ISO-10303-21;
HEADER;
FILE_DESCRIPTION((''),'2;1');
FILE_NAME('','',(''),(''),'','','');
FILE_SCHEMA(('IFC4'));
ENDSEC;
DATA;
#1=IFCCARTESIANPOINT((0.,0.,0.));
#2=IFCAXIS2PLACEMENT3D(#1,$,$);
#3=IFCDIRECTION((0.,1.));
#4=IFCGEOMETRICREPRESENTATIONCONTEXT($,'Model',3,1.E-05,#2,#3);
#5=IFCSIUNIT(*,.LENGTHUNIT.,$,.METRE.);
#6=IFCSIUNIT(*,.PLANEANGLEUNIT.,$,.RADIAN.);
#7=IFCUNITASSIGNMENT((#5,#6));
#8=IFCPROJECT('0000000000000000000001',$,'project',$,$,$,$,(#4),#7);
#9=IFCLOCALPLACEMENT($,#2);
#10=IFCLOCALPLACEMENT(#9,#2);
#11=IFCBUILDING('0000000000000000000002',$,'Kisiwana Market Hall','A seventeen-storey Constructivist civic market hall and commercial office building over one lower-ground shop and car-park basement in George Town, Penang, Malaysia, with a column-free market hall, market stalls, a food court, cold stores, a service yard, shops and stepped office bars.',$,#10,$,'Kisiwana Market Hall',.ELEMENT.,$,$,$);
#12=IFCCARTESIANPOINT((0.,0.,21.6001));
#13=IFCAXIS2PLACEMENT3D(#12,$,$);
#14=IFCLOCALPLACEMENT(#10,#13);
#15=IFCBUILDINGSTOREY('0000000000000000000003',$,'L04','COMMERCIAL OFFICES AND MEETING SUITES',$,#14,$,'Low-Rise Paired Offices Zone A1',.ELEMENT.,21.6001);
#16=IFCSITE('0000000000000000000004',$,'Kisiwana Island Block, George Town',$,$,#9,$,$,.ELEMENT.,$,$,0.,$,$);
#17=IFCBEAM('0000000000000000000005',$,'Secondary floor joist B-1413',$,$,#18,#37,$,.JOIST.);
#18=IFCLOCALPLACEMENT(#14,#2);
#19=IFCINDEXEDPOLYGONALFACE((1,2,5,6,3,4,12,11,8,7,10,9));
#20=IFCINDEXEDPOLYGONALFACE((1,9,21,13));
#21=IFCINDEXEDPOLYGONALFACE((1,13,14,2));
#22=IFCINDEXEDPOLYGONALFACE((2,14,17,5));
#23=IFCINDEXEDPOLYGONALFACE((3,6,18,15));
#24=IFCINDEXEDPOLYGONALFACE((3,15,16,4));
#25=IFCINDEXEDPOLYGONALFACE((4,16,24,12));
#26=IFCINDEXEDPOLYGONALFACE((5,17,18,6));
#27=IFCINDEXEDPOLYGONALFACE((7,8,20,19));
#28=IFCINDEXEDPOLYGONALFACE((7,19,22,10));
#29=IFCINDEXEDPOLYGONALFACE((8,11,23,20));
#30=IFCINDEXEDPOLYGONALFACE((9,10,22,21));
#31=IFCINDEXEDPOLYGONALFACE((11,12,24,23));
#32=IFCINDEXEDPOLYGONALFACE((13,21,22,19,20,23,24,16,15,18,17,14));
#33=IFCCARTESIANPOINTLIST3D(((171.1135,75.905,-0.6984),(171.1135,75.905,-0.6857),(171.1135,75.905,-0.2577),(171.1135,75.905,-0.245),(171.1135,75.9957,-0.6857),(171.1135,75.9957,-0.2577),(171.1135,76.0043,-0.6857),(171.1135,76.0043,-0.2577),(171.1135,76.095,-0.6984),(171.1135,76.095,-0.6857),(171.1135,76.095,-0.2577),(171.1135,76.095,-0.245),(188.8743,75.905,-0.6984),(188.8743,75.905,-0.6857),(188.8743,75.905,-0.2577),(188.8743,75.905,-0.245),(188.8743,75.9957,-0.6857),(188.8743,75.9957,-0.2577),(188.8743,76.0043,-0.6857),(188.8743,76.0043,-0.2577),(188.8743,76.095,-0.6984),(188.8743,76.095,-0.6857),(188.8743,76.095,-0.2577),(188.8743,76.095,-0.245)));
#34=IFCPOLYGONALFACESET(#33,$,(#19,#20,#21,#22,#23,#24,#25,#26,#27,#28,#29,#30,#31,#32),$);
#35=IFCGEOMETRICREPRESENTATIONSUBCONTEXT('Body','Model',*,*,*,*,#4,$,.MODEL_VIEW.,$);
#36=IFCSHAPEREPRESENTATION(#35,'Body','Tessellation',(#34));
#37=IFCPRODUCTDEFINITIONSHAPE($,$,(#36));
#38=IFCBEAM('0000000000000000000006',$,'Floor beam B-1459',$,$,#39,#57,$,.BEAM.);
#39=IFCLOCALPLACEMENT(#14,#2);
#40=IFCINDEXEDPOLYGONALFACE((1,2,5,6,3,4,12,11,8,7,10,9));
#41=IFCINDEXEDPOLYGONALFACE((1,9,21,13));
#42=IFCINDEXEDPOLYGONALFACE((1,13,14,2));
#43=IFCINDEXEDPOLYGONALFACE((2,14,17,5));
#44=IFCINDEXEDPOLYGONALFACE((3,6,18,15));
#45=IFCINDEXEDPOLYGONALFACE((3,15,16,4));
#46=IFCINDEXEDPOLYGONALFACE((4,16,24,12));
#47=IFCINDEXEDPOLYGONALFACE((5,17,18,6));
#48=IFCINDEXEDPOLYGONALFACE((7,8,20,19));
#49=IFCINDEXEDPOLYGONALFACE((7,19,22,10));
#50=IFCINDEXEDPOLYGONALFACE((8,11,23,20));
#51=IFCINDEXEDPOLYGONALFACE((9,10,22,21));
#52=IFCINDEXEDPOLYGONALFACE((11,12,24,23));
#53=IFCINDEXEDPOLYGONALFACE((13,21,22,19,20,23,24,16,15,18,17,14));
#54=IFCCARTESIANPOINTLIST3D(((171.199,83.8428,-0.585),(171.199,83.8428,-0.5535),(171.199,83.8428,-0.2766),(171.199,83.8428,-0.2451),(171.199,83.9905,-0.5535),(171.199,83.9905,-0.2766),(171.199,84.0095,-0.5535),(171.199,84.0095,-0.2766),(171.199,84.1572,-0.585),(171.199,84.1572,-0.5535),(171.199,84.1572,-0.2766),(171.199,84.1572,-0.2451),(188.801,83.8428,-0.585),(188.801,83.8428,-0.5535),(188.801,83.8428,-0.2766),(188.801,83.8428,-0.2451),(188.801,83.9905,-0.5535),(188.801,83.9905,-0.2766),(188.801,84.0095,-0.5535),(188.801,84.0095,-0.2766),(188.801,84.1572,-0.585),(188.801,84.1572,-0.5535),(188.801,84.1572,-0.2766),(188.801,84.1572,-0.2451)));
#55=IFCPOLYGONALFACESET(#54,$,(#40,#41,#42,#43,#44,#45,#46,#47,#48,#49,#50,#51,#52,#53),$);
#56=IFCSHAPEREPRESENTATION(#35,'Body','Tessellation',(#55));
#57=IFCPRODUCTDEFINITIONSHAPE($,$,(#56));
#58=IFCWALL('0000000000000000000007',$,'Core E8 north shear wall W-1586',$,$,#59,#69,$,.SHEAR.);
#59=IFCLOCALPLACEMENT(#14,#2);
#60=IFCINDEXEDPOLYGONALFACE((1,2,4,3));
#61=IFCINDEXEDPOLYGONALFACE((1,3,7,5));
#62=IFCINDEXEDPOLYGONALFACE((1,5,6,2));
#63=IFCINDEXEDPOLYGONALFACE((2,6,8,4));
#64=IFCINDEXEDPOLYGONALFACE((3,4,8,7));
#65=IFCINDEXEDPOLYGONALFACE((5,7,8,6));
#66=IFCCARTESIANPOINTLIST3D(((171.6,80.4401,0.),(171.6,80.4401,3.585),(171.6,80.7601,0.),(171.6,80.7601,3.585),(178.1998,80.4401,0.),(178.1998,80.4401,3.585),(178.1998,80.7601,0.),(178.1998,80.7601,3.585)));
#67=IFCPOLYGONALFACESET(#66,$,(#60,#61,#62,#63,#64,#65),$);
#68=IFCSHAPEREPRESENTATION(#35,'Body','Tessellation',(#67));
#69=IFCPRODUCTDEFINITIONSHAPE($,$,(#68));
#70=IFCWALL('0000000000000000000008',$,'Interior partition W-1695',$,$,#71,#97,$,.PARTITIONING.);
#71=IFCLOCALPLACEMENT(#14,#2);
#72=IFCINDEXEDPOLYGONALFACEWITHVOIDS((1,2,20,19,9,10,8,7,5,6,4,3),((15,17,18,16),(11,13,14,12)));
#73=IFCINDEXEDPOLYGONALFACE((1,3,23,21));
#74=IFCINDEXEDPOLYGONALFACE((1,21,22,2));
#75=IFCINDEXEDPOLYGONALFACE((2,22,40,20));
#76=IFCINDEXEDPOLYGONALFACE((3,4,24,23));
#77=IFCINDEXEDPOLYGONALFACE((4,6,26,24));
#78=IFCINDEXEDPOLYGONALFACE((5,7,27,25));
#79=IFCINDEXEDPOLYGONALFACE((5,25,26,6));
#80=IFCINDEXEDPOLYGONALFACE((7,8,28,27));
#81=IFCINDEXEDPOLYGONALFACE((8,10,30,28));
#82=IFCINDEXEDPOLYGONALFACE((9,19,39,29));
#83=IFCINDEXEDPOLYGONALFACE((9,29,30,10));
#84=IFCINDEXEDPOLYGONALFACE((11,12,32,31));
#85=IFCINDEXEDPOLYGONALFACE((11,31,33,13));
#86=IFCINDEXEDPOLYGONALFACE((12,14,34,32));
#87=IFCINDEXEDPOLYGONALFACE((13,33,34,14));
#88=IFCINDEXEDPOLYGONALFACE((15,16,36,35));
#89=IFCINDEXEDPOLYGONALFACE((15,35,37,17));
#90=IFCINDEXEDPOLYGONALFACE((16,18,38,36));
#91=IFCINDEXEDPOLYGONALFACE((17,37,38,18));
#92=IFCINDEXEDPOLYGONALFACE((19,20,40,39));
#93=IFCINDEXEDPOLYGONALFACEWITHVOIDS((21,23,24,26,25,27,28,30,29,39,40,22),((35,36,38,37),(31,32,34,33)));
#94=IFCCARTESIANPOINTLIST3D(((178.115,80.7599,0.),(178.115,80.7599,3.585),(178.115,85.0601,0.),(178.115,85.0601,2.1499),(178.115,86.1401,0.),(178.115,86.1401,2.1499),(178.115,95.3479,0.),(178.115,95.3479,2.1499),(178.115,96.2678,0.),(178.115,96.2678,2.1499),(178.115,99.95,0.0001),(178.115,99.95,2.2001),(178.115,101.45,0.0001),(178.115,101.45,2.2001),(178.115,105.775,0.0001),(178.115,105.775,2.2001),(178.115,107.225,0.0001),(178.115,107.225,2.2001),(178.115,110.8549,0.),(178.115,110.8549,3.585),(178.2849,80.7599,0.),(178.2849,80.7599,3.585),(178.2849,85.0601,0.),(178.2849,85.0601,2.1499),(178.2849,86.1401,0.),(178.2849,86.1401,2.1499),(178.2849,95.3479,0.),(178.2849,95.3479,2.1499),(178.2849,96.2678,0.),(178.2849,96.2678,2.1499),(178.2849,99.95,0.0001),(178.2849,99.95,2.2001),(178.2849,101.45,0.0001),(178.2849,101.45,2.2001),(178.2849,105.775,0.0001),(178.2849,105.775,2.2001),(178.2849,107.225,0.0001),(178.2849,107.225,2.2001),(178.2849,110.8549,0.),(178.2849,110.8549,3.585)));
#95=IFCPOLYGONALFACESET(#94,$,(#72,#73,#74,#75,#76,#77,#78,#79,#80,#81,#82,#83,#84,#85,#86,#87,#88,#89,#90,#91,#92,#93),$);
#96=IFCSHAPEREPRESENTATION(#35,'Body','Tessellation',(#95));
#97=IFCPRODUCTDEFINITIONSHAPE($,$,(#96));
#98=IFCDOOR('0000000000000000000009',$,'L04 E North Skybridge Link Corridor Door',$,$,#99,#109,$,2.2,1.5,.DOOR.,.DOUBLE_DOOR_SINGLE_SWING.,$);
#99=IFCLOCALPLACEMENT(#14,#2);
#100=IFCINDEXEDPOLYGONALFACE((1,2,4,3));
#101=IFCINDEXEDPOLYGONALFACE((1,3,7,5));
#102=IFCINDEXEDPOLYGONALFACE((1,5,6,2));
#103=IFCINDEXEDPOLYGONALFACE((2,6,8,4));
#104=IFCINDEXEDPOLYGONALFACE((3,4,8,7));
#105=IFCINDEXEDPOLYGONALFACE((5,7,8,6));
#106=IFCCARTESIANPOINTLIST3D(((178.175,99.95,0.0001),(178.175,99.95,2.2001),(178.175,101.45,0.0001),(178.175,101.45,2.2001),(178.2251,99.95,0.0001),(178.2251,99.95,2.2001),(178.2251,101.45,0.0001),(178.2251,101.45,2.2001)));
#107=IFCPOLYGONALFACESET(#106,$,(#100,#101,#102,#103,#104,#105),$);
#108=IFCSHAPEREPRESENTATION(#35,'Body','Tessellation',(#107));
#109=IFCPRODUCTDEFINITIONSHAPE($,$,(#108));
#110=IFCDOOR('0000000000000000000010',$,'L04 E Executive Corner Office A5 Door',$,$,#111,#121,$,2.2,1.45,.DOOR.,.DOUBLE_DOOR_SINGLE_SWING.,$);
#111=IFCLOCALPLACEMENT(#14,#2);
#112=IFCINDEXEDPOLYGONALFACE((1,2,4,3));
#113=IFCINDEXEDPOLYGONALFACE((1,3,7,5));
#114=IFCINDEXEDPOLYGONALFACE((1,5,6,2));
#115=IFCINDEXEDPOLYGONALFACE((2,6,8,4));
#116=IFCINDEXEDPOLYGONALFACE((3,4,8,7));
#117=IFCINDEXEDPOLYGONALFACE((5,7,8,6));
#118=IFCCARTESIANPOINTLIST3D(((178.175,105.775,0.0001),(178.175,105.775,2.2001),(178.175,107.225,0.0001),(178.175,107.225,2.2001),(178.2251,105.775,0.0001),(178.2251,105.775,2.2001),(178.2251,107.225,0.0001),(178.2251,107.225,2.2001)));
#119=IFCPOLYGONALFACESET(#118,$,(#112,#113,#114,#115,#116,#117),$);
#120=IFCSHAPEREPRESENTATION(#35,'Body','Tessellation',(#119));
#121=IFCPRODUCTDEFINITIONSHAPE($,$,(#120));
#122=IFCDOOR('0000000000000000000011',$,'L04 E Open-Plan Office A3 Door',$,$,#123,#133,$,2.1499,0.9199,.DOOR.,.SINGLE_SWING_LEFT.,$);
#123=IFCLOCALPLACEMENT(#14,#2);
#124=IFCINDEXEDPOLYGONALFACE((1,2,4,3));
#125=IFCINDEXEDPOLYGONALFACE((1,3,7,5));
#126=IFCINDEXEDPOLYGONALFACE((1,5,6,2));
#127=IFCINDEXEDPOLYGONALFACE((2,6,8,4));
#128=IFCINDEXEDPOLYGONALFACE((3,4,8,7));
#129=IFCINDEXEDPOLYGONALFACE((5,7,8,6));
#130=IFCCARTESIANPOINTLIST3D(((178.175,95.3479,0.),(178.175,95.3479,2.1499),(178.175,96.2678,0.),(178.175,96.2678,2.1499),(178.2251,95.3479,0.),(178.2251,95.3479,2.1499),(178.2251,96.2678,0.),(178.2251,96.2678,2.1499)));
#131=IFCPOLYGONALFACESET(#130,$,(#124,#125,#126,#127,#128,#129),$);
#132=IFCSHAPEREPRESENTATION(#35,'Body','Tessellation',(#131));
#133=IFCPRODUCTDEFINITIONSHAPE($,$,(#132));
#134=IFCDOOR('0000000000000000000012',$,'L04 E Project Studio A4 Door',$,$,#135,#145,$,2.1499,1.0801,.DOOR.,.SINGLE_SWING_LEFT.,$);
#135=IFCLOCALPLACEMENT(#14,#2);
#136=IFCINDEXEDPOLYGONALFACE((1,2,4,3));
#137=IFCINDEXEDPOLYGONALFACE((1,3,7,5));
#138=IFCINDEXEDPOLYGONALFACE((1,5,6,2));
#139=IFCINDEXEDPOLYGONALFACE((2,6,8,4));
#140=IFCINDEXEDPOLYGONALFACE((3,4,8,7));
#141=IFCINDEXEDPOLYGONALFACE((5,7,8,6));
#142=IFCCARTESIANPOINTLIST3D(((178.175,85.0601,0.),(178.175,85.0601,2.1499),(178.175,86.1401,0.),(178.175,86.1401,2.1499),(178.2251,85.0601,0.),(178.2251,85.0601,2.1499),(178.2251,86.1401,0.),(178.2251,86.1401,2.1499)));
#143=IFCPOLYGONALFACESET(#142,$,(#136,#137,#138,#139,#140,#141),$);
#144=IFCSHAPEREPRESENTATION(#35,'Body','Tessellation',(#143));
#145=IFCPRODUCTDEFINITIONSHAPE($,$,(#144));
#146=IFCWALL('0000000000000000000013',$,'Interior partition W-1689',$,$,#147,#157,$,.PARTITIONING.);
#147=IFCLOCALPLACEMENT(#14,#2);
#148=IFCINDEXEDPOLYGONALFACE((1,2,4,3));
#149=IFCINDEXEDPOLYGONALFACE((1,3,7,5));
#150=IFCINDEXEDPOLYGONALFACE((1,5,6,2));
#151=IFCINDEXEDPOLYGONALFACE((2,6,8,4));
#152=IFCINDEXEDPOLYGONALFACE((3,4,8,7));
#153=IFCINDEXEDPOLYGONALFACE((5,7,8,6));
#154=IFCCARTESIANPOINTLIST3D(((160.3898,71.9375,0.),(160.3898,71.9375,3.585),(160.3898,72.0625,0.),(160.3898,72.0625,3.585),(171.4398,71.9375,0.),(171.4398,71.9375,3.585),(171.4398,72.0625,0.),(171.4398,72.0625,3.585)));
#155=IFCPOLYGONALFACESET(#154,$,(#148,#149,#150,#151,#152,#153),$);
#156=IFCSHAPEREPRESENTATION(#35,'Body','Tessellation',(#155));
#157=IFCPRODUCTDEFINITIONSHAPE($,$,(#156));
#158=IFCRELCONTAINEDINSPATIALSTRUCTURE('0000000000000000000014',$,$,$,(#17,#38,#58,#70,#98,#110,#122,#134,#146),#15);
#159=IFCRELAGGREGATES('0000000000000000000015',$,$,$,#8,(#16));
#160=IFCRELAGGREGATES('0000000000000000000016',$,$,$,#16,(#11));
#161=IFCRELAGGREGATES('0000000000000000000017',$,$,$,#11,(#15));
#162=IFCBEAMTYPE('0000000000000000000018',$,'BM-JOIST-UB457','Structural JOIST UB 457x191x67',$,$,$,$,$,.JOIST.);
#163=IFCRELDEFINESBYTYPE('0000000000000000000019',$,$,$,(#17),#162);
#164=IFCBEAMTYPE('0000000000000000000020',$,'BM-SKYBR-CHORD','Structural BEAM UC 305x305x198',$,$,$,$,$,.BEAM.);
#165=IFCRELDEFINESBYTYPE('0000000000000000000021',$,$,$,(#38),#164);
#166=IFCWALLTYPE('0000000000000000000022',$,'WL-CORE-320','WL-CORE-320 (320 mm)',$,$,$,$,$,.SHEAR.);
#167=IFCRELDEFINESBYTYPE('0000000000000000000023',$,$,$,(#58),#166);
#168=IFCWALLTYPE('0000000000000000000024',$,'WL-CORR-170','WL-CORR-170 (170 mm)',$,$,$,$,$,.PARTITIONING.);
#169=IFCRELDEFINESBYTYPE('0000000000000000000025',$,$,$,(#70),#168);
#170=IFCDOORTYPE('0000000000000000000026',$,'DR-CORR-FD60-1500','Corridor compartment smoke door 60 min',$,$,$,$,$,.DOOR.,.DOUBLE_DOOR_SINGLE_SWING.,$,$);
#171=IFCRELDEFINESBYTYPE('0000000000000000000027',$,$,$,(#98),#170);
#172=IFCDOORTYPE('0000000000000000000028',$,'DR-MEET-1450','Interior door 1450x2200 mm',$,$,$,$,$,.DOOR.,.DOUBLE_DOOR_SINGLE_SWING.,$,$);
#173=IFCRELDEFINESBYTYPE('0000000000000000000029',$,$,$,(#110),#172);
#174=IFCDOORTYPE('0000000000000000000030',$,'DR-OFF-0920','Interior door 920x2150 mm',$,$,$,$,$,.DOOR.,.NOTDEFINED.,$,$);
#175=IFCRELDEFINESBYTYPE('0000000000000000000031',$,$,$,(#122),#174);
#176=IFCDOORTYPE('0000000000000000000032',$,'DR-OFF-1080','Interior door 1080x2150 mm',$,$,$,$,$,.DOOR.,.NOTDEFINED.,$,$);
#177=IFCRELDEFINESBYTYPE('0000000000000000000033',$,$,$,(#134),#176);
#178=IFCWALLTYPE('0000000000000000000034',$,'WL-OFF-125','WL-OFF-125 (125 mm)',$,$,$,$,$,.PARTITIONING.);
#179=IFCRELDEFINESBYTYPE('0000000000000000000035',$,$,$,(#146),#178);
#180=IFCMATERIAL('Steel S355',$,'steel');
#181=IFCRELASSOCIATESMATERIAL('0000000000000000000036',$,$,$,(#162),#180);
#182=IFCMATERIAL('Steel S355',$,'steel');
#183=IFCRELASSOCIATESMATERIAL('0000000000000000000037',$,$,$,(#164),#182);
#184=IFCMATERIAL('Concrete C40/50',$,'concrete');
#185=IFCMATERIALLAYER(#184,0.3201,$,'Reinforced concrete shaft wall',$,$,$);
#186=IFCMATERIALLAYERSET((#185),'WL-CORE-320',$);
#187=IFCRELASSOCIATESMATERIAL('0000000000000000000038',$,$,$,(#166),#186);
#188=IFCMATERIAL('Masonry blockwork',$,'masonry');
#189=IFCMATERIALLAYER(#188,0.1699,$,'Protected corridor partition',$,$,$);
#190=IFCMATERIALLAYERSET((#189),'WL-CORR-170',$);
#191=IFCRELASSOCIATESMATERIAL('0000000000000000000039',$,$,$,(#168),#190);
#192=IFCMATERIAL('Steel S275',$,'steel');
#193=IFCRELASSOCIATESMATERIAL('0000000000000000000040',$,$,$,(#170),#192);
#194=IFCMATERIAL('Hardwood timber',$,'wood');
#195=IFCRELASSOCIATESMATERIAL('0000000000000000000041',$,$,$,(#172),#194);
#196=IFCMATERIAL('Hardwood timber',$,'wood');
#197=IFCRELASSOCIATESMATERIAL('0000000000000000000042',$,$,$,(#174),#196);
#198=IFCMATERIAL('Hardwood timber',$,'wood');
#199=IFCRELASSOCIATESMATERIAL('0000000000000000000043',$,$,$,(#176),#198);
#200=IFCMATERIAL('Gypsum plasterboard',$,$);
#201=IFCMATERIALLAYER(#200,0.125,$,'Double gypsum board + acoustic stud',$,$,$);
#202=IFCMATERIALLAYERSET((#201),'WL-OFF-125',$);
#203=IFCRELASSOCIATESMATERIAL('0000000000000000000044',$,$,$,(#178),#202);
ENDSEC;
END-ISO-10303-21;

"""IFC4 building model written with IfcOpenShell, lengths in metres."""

from ifc_helpers import new_model, si_unit, direction, frame, frame_2d, origin, origin_2d, place, context, subcontext, project, spatial, rectangle, i_section, extrude, material, layer, layer_set, material_profile, profile_set, type_object, element, fill, save


model = new_model("IFC4")

# Units and contexts
model_context = context("Model", 3, precision=1e-05, world=origin(), true_north=direction((0.0, 1.0)))
body_context = subcontext(model_context, "Body", "Model", "MODEL_VIEW")
ifc_project = project(units=[si_unit("LENGTHUNIT", "METRE"), si_unit("PLANEANGLEUNIT", "RADIAN")], contexts=[model_context])

# Site, building, storey
site_placement = place(None, origin())
site = spatial("IfcSite", under=ifc_project, at=site_placement, Name="Kisiwana Island Block, George Town", CompositionType="ELEMENT", RefElevation=0.0)
building_placement = place(site_placement, origin())
building = spatial("IfcBuilding", under=site, at=building_placement, Name="Kisiwana Market Hall", Description="A seventeen-storey Constructivist civic market hall and commercial office building over one lower-ground shop and car-park basement in George Town, Penang, Malaysia, with a column-free market hall, market stalls, a food court, cold stores, a service yard, shops and stepped office bars.", LongName="Kisiwana Market Hall", CompositionType="ELEMENT")
storey_placement = place(building_placement, frame((0.0, 0.0, 21.6001)))
storey = spatial("IfcBuildingStorey", under=building, at=storey_placement, Name="L04", Description="COMMERCIAL OFFICES AND MEETING SUITES", LongName="Low-Rise Paired Offices Zone A1", CompositionType="ELEMENT", Elevation=21.6001)

# Beams
ifc_material_1 = material(Name="Steel S355", Category="steel")
ifc_material_profile_1 = material_profile(ifc_material_1, i_section(OverallWidth=0.1899, OverallDepth=0.4534, WebThickness=0.0085, FlangeThickness=0.0127, at=origin_2d()), Name="UB 457x191x67")
ifc_profile_set_1 = profile_set([ifc_material_profile_1], Name="Steel S355")
beam_type_1 = type_object("IfcBeamType", Name="BM-JOIST-UB457", Description="Structural JOIST UB 457x191x67", PredefinedType="JOIST", material=ifc_profile_set_1)
beam_1_placement = place(storey_placement, frame((171.1135, 76.0, -0.4717), z_axis=(1.0, 0.0, 0.0), x_axis=(0.0, 1.0, 0.0)))
element("IfcBeam", 1, at=beam_1_placement, inside=storey, type_object=beam_type_1, Name="Secondary floor joist B-1413", PredefinedType="JOIST", context=body_context, shape_type="SweptSolid", body=[
    extrude(i_section(OverallWidth=0.1899, OverallDepth=0.4534, WebThickness=0.0085, FlangeThickness=0.0127, at=origin_2d()), origin(), (0.0, 0.0, 1.0), 17.7607),
])
ifc_material_2 = material(Name="Steel S355", Category="steel")
ifc_material_profile_2 = material_profile(ifc_material_2, i_section(OverallWidth=0.3145, OverallDepth=0.3398, WebThickness=0.019, FlangeThickness=0.0315, at=origin_2d()), Name="UC 305x305x198")
ifc_profile_set_2 = profile_set([ifc_material_profile_2], Name="Steel S355")
beam_type_2 = type_object("IfcBeamType", Name="BM-SKYBR-CHORD", Description="Structural BEAM UC 305x305x198", PredefinedType="BEAM", material=ifc_profile_set_2)
beam_2_placement = place(storey_placement, frame((171.199, 84.0, -0.415), z_axis=(1.0, 0.0, 0.0), x_axis=(0.0, 1.0, 0.0)))
element("IfcBeam", 2, at=beam_2_placement, inside=storey, type_object=beam_type_2, Name="Floor beam B-1459", PredefinedType="BEAM", context=body_context, shape_type="SweptSolid", body=[
    extrude(i_section(OverallWidth=0.3145, OverallDepth=0.3398, WebThickness=0.019, FlangeThickness=0.0315, at=origin_2d()), origin(), (0.0, 0.0, 1.0), 17.6021),
])

# Wall
ifc_material_3 = material(Name="Concrete C40/50", Category="concrete")
ifc_layer_1 = layer(ifc_material_3, 0.3201, Name="Reinforced concrete shaft wall")
ifc_layer_set_1 = layer_set([ifc_layer_1], Name="WL-CORE-320")
wall_type_1 = type_object("IfcWallType", Name="WL-CORE-320", Description="WL-CORE-320 (320 mm)", PredefinedType="SHEAR", material=ifc_layer_set_1)
wall_1_placement = place(storey_placement, frame((171.6001, 80.6001, 0.0), z_axis=(0.0, 0.0, 1.0), x_axis=(1.0, 0.0, 0.0)))
element("IfcWall", 3, at=wall_1_placement, inside=storey, type_object=wall_type_1, Name="Core E8 north shear wall W-1586", PredefinedType="SHEAR", context=body_context, shape_type="SweptSolid", body=[
    extrude(rectangle(XDim=6.5999, YDim=0.3201, at=frame_2d((3.2998, 0.0))), origin(), (0.0, 0.0, 1.0), 3.585),
])

# Wall, openings, doors
ifc_material_4 = material(Name="Masonry blockwork", Category="masonry")
ifc_layer_2 = layer(ifc_material_4, 0.1699, Name="Protected corridor partition")
ifc_layer_set_2 = layer_set([ifc_layer_2], Name="WL-CORR-170")
wall_type_2 = type_object("IfcWallType", Name="WL-CORR-170", Description="WL-CORR-170 (170 mm)", PredefinedType="PARTITIONING", material=ifc_layer_set_2)
wall_2_placement = place(storey_placement, frame((178.2, 80.76, 0.0), z_axis=(0.0, 0.0, 1.0), x_axis=(0.0, 1.0, 0.0)))
wall_2 = element("IfcWall", 4, at=wall_2_placement, inside=storey, type_object=wall_type_2, Name="Interior partition W-1695", PredefinedType="PARTITIONING", context=body_context, shape_type="SweptSolid", body=[
    extrude(rectangle(XDim=30.095, YDim=0.1699, at=frame_2d((15.0474, 0.0))), origin(), (0.0, 0.0, 1.0), 3.585),
])
opening_1_placement = place(wall_2_placement, frame((4.3, 0.0, 0.0)))
opening_1 = element("IfcOpeningElement", 5, at=opening_1_placement, cuts=wall_2, PredefinedType="OPENING", context=body_context, shape_type="SweptSolid", body=[
    extrude(rectangle(XDim=1.0801, YDim=2.1499, at=frame_2d((0.54, 1.075))), frame((0.0, 0.0969, 0.0), z_axis=(0.0, -1.0, 0.0), x_axis=(1.0, 0.0, 0.0)), (0.0, 0.0, 1.0), 0.1938),
])
opening_2_placement = place(wall_2_placement, frame((19.1899, 0.0, 0.0)))
opening_2 = element("IfcOpeningElement", 6, at=opening_2_placement, cuts=wall_2, PredefinedType="OPENING", context=body_context, shape_type="SweptSolid", body=[
    extrude(rectangle(XDim=1.5, YDim=2.2, at=frame_2d((0.75, 1.1001))), frame((0.0, 0.0969, 0.0), z_axis=(0.0, -1.0, 0.0), x_axis=(1.0, 0.0, 0.0)), (0.0, 0.0, 1.0), 0.1938),
])
opening_3_placement = place(wall_2_placement, frame((25.0149, 0.0, 0.0)))
opening_3 = element("IfcOpeningElement", 7, at=opening_3_placement, cuts=wall_2, PredefinedType="OPENING", context=body_context, shape_type="SweptSolid", body=[
    extrude(rectangle(XDim=1.45, YDim=2.2, at=frame_2d((0.7251, 1.1001))), frame((0.0, 0.0969, 0.0), z_axis=(0.0, -1.0, 0.0), x_axis=(1.0, 0.0, 0.0)), (0.0, 0.0, 1.0), 0.1938),
])
opening_4_placement = place(wall_2_placement, frame((14.5879, 0.0, 0.0)))
opening_4 = element("IfcOpeningElement", 8, at=opening_4_placement, cuts=wall_2, PredefinedType="OPENING", context=body_context, shape_type="SweptSolid", body=[
    extrude(rectangle(XDim=0.9199, YDim=2.1499, at=frame_2d((0.46, 1.075))), frame((0.0, 0.0969, 0.0), z_axis=(0.0, -1.0, 0.0), x_axis=(1.0, 0.0, 0.0)), (0.0, 0.0, 1.0), 0.1938),
])
ifc_material_5 = material(Name="Steel S275", Category="steel")
door_type_1 = type_object("IfcDoorType", Name="DR-CORR-FD60-1500", Description="Corridor compartment smoke door 60 min", OperationType="DOUBLE_DOOR_SINGLE_SWING", PredefinedType="DOOR", material=ifc_material_5)
door_1_placement = place(opening_2_placement, origin())
door_1 = element("IfcDoor", 9, at=door_1_placement, inside=storey, type_object=door_type_1, Name="L04 E North Skybridge Link Corridor Door", OperationType="DOUBLE_DOOR_SINGLE_SWING", OverallHeight=2.2, OverallWidth=1.5, PredefinedType="DOOR", context=body_context, shape_type="SweptSolid", body=[
    extrude(rectangle(XDim=1.5, YDim=2.2, at=frame_2d((0.75, 1.1001))), frame((0.0, 0.0249, 0.0), z_axis=(0.0, -1.0, 0.0), x_axis=(1.0, 0.0, 0.0)), (0.0, 0.0, 1.0), 0.05),
])
fill(opening_2, door_1)
ifc_material_6 = material(Name="Hardwood timber", Category="wood")
door_type_2 = type_object("IfcDoorType", Name="DR-MEET-1450", Description="Interior door 1450x2200 mm", OperationType="DOUBLE_DOOR_SINGLE_SWING", PredefinedType="DOOR", material=ifc_material_6)
door_2_placement = place(opening_3_placement, origin())
door_2 = element("IfcDoor", 10, at=door_2_placement, inside=storey, type_object=door_type_2, Name="L04 E Executive Corner Office A5 Door", OperationType="DOUBLE_DOOR_SINGLE_SWING", OverallHeight=2.2, OverallWidth=1.45, PredefinedType="DOOR", context=body_context, shape_type="SweptSolid", body=[
    extrude(rectangle(XDim=1.45, YDim=2.2, at=frame_2d((0.7251, 1.1001))), frame((0.0, 0.0249, 0.0), z_axis=(0.0, -1.0, 0.0), x_axis=(1.0, 0.0, 0.0)), (0.0, 0.0, 1.0), 0.05),
])
fill(opening_3, door_2)
ifc_material_7 = material(Name="Hardwood timber", Category="wood")
door_type_3 = type_object("IfcDoorType", Name="DR-OFF-0920", Description="Interior door 920x2150 mm", OperationType="NOTDEFINED", PredefinedType="DOOR", material=ifc_material_7)
door_3_placement = place(opening_4_placement, origin())
door_3 = element("IfcDoor", 11, at=door_3_placement, inside=storey, type_object=door_type_3, Name="L04 E Open-Plan Office A3 Door", OperationType="SINGLE_SWING_LEFT", OverallHeight=2.1499, OverallWidth=0.9199, PredefinedType="DOOR", context=body_context, shape_type="SweptSolid", body=[
    extrude(rectangle(XDim=0.9199, YDim=2.1499, at=frame_2d((0.46, 1.075))), frame((0.0, 0.0249, 0.0), z_axis=(0.0, -1.0, 0.0), x_axis=(1.0, 0.0, 0.0)), (0.0, 0.0, 1.0), 0.05),
])
fill(opening_4, door_3)
ifc_material_8 = material(Name="Hardwood timber", Category="wood")
door_type_4 = type_object("IfcDoorType", Name="DR-OFF-1080", Description="Interior door 1080x2150 mm", OperationType="NOTDEFINED", PredefinedType="DOOR", material=ifc_material_8)
door_4_placement = place(opening_1_placement, origin())
door_4 = element("IfcDoor", 12, at=door_4_placement, inside=storey, type_object=door_type_4, Name="L04 E Project Studio A4 Door", OperationType="SINGLE_SWING_LEFT", OverallHeight=2.1499, OverallWidth=1.0801, PredefinedType="DOOR", context=body_context, shape_type="SweptSolid", body=[
    extrude(rectangle(XDim=1.0801, YDim=2.1499, at=frame_2d((0.54, 1.075))), frame((0.0, 0.0249, 0.0), z_axis=(0.0, -1.0, 0.0), x_axis=(1.0, 0.0, 0.0)), (0.0, 0.0, 1.0), 0.05),
])
fill(opening_1, door_4)

# Wall
ifc_material_9 = material(Name="Gypsum plasterboard")
ifc_layer_3 = layer(ifc_material_9, 0.125, Name="Double gypsum board + acoustic stud")
ifc_layer_set_3 = layer_set([ifc_layer_3], Name="WL-OFF-125")
wall_type_3 = type_object("IfcWallType", Name="WL-OFF-125", Description="WL-OFF-125 (125 mm)", PredefinedType="PARTITIONING", material=ifc_layer_set_3)
wall_3_placement = place(storey_placement, frame((160.3899, 72.0, 0.0), z_axis=(0.0, 0.0, 1.0), x_axis=(1.0, 0.0, 0.0)))
element("IfcWall", 13, at=wall_3_placement, inside=storey, type_object=wall_type_3, Name="Interior partition W-1689", PredefinedType="PARTITIONING", context=body_context, shape_type="SweptSolid", body=[
    extrude(rectangle(XDim=11.05, YDim=0.125, at=frame_2d((5.5249, 0.0))), origin(), (0.0, 0.0, 1.0), 3.585),
])

save(model, "model.ifc")
